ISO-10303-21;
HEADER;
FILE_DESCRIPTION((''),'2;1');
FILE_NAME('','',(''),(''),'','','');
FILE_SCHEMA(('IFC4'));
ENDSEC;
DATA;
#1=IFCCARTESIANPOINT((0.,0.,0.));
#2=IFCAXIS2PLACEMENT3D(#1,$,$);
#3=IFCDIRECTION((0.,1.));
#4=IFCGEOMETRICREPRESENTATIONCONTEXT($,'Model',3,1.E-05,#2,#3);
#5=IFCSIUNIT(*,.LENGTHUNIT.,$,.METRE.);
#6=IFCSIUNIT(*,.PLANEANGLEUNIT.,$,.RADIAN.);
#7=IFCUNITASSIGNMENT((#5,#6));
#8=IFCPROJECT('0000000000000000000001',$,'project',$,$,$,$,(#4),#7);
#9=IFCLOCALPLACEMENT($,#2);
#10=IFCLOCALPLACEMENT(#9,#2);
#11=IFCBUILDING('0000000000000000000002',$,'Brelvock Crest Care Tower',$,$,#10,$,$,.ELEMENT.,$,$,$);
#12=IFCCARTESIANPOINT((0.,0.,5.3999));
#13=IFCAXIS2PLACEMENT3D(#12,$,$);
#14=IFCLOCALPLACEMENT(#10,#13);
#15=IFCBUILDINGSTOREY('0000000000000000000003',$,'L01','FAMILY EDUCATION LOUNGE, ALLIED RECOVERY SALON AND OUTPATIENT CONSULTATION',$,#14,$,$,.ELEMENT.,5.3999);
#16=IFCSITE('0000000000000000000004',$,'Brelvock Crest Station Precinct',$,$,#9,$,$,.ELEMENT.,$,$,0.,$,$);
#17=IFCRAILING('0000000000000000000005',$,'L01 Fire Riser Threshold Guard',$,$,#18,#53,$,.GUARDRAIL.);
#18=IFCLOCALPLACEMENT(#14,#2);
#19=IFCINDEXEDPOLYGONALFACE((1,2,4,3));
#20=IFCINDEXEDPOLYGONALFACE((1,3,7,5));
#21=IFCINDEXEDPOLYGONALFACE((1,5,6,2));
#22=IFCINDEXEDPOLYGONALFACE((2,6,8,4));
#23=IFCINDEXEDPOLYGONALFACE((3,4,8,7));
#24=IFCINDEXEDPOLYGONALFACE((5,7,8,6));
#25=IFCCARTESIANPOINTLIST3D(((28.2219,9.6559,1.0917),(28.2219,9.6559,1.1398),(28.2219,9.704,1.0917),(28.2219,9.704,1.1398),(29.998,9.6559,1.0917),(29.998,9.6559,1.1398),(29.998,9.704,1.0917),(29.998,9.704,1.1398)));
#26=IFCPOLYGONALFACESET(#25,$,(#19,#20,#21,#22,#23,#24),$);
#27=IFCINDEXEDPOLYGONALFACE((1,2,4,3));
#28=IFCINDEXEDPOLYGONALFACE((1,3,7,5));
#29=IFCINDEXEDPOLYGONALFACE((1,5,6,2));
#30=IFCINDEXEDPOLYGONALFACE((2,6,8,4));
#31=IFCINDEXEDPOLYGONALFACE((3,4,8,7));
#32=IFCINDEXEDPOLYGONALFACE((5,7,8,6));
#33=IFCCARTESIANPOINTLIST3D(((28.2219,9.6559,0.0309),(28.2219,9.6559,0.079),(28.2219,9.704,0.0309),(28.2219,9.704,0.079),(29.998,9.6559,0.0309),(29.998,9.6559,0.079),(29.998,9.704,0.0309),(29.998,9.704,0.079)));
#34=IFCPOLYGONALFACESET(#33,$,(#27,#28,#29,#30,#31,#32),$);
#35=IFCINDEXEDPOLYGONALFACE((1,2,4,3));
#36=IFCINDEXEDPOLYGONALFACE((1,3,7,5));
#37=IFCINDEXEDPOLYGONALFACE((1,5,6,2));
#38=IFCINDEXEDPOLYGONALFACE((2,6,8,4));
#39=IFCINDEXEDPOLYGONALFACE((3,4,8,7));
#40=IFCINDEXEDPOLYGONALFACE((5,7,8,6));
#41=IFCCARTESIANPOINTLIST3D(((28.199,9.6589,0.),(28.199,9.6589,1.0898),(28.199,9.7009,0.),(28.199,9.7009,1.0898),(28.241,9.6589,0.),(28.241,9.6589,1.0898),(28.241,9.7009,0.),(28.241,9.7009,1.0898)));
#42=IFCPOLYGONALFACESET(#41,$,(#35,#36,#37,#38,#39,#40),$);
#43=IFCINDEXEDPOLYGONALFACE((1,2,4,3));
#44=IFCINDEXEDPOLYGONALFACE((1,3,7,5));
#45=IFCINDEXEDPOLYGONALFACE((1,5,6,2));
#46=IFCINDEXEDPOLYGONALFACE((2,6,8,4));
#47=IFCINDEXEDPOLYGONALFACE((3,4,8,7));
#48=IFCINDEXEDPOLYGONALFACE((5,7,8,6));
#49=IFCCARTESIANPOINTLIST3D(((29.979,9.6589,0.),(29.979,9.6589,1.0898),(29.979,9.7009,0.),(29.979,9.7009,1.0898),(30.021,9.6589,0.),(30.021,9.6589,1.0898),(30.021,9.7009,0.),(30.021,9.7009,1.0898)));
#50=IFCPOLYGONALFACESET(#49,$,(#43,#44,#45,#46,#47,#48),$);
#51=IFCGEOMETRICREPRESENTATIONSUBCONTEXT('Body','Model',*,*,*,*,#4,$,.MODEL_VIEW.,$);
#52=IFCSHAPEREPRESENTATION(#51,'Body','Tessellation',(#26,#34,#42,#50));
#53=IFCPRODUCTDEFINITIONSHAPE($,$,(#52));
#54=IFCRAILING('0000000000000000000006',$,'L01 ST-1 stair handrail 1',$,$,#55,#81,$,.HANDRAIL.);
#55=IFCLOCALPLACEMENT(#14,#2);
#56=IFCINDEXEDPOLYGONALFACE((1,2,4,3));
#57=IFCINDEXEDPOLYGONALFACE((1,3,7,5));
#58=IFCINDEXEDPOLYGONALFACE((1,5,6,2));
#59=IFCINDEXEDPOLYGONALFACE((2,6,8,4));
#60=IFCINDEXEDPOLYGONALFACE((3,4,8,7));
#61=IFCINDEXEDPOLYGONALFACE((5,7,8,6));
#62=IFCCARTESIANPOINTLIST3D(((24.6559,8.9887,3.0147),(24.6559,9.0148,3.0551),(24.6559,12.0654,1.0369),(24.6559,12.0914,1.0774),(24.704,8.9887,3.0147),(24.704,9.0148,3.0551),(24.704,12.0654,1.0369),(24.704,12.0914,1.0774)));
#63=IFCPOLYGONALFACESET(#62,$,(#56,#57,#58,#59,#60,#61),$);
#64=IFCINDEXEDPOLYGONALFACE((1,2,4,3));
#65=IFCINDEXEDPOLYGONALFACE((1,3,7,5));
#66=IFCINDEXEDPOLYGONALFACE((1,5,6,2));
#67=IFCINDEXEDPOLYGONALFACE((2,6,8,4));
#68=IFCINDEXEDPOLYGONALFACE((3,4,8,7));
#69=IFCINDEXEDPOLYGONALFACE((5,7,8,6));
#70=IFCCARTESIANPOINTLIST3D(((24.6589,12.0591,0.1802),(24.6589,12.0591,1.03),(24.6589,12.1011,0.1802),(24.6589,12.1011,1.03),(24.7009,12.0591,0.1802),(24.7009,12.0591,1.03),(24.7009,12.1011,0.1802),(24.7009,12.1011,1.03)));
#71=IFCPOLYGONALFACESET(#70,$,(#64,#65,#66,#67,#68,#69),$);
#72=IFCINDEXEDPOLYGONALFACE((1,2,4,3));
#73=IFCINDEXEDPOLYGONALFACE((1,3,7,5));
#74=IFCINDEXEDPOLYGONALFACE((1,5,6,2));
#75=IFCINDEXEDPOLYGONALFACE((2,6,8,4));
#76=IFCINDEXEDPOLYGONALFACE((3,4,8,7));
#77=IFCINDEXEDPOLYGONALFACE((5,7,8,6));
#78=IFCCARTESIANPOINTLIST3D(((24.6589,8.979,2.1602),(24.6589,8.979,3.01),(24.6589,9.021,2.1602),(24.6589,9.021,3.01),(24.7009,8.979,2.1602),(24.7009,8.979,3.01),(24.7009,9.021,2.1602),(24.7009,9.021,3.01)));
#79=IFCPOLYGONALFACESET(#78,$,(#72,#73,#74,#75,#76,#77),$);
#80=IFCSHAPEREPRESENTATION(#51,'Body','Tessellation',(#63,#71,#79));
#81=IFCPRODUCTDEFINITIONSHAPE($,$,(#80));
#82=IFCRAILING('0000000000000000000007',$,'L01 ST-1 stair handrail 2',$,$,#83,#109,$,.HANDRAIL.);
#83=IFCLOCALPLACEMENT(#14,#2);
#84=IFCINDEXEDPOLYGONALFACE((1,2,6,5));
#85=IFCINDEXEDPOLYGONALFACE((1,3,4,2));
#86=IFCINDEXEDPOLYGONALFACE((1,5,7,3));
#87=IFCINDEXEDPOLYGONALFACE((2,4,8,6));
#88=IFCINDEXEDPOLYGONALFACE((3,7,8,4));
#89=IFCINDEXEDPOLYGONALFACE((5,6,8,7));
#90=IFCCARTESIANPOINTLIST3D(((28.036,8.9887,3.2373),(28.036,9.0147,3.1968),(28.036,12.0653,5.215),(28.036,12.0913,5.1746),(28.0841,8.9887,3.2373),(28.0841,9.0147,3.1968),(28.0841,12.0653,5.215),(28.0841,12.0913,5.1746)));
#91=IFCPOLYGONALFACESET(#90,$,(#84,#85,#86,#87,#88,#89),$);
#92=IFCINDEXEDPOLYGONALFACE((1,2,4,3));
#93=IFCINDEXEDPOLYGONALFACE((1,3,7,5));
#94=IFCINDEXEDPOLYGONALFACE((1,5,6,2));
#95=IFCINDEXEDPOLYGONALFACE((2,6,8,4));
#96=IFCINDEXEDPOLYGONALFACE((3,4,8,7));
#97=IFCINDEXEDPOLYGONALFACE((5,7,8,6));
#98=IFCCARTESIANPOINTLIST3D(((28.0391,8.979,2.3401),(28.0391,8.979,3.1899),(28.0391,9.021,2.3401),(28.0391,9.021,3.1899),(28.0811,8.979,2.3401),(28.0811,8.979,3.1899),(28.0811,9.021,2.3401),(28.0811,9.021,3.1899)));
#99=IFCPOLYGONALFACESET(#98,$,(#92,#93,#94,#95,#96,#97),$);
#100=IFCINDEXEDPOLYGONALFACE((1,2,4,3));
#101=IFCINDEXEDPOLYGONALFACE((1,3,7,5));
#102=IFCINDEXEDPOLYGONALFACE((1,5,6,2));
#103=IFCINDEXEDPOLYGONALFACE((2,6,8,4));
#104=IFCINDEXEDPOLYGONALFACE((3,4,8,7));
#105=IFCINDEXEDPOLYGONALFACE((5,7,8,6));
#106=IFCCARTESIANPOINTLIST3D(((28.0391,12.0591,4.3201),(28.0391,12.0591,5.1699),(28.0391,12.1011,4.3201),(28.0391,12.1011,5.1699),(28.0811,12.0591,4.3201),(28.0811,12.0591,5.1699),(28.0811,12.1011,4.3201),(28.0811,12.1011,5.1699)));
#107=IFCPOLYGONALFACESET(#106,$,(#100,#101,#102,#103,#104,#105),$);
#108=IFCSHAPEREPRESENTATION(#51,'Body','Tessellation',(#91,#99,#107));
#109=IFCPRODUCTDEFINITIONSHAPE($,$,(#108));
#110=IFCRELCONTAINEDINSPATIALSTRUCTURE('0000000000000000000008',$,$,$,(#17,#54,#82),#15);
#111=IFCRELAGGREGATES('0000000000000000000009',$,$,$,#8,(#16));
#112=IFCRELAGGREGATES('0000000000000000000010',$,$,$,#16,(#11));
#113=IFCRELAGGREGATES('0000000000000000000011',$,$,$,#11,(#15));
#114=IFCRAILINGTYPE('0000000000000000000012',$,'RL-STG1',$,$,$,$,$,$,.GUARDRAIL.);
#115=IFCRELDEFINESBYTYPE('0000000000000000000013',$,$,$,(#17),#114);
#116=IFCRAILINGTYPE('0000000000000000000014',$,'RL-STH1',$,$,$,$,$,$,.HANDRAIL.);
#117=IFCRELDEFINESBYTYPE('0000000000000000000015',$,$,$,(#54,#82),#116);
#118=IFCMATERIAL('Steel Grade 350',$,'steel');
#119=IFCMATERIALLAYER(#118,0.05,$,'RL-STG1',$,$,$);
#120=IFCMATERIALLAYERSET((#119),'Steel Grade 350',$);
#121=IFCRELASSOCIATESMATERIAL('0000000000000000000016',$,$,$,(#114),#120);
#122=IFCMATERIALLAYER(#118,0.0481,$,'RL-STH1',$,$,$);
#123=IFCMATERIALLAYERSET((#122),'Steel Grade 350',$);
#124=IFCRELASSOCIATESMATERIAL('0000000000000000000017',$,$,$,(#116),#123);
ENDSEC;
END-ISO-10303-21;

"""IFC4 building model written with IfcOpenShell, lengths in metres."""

from ifc_helpers import new_model, si_unit, direction, frame, origin, origin_2d, place, context, subcontext, project, spatial, rectangle, extrude, material, layer, layer_set, type_object, element, save


model = new_model("IFC4")

# Units and contexts
model_context = context("Model", 3, precision=1e-05, world=origin(), true_north=direction((0.0, 1.0)))
body_context = subcontext(model_context, "Body", "Model", "MODEL_VIEW")
ifc_project = project(units=[si_unit("LENGTHUNIT", "METRE"), si_unit("PLANEANGLEUNIT", "RADIAN")], contexts=[model_context])

# Site, building, storey
site_placement = place(None, origin())
site = spatial("IfcSite", under=ifc_project, at=site_placement, Name="Brelvock Crest Station Precinct", CompositionType="ELEMENT", RefElevation=0.0)
building_placement = place(site_placement, origin())
building = spatial("IfcBuilding", under=site, at=building_placement, Name="Brelvock Crest Care Tower", CompositionType="ELEMENT")
storey_placement = place(building_placement, frame((0.0, 0.0, 5.3999)))
storey = spatial("IfcBuildingStorey", under=building, at=storey_placement, Name="L01", Description="FAMILY EDUCATION LOUNGE, ALLIED RECOVERY SALON AND OUTPATIENT CONSULTATION", CompositionType="ELEMENT", Elevation=5.3999)

# Shared definitions
ifc_material_1 = material(Name="Steel Grade 350", Category="steel")

# Railings
ifc_layer_1 = layer(ifc_material_1, 0.05, Name="RL-STG1")
ifc_layer_set_1 = layer_set([ifc_layer_1], Name="Steel Grade 350")
railing_type_1 = type_object("IfcRailingType", Name="RL-STG1", PredefinedType="GUARDRAIL", material=ifc_layer_set_1)
railing_1_placement = place(storey_placement, frame((28.22, 9.6799, 0.0)))
element("IfcRailing", 1, at=railing_1_placement, inside=storey, type_object=railing_type_1, Name="L01 Fire Riser Threshold Guard", PredefinedType="GUARDRAIL", context=body_context, shape_type="SweptSolid", body=[
    extrude(rectangle(XDim=0.0481, YDim=0.0481, at=origin_2d()), frame((0.002, 0.0, 1.1157), z_axis=(1.0, 0.0, 0.0), x_axis=(0.0, 1.0, 0.0)), (0.0, 0.0, 1.0), 1.7761),
    extrude(rectangle(XDim=0.0481, YDim=0.0481, at=origin_2d()), frame((0.002, 0.0, 0.0549), z_axis=(1.0, 0.0, 0.0), x_axis=(0.0, 1.0, 0.0)), (0.0, 0.0, 1.0), 1.7761),
    extrude(rectangle(XDim=0.042, YDim=0.042, at=origin_2d()), origin(), (0.0, 0.0, 1.0), 1.0898),
    extrude(rectangle(XDim=0.042, YDim=0.042, at=origin_2d()), frame((1.78, 0.0, 0.0)), (0.0, 0.0, 1.0), 1.0898),
])
ifc_layer_2 = layer(ifc_material_1, 0.0481, Name="RL-STH1")
ifc_layer_set_2 = layer_set([ifc_layer_2], Name="Steel Grade 350")
railing_type_2 = type_object("IfcRailingType", Name="RL-STH1", PredefinedType="HANDRAIL", material=ifc_layer_set_2)
railing_2_placement = place(storey_placement, frame((24.6799, 12.0801, 0.1802)))
element("IfcRailing", 2, at=railing_2_placement, inside=storey, type_object=railing_type_2, Name="L01 ST-1 stair handrail 1", PredefinedType="HANDRAIL", context=body_context, shape_type="SweptSolid", body=[
    extrude(rectangle(XDim=0.0481, YDim=0.0481, at=origin_2d()), frame((0.0, -0.0017, 0.877), z_axis=(0.0, -0.841187, 0.540744), x_axis=(1.0, 0.0, 0.0)), (0.0, 0.0, 1.0), 3.6575),
    extrude(rectangle(XDim=0.042, YDim=0.042, at=origin_2d()), origin(), (0.0, 0.0, 1.0), 0.8499),
    extrude(rectangle(XDim=0.042, YDim=0.042, at=origin_2d()), frame((0.0, -3.0801, 1.98)), (0.0, 0.0, 1.0), 0.8499),
])
railing_3_placement = place(storey_placement, frame((28.0601, 9.0, 2.3401)))
element("IfcRailing", 3, at=railing_3_placement, inside=storey, type_object=railing_type_2, Name="L01 ST-1 stair handrail 2", PredefinedType="HANDRAIL", context=body_context, shape_type="SweptSolid", body=[
    extrude(rectangle(XDim=0.0481, YDim=0.0481, at=origin_2d()), frame((0.0, 0.0017, 0.877), z_axis=(0.0, 0.841187, 0.540744), x_axis=(-1.0, 0.0, 0.0)), (0.0, 0.0, 1.0), 3.6575),
    extrude(rectangle(XDim=0.042, YDim=0.042, at=origin_2d()), origin(), (0.0, 0.0, 1.0), 0.8499),
    extrude(rectangle(XDim=0.042, YDim=0.042, at=origin_2d()), frame((0.0, 3.0801, 1.98)), (0.0, 0.0, 1.0), 0.8499),
])

save(model, "model.ifc")
